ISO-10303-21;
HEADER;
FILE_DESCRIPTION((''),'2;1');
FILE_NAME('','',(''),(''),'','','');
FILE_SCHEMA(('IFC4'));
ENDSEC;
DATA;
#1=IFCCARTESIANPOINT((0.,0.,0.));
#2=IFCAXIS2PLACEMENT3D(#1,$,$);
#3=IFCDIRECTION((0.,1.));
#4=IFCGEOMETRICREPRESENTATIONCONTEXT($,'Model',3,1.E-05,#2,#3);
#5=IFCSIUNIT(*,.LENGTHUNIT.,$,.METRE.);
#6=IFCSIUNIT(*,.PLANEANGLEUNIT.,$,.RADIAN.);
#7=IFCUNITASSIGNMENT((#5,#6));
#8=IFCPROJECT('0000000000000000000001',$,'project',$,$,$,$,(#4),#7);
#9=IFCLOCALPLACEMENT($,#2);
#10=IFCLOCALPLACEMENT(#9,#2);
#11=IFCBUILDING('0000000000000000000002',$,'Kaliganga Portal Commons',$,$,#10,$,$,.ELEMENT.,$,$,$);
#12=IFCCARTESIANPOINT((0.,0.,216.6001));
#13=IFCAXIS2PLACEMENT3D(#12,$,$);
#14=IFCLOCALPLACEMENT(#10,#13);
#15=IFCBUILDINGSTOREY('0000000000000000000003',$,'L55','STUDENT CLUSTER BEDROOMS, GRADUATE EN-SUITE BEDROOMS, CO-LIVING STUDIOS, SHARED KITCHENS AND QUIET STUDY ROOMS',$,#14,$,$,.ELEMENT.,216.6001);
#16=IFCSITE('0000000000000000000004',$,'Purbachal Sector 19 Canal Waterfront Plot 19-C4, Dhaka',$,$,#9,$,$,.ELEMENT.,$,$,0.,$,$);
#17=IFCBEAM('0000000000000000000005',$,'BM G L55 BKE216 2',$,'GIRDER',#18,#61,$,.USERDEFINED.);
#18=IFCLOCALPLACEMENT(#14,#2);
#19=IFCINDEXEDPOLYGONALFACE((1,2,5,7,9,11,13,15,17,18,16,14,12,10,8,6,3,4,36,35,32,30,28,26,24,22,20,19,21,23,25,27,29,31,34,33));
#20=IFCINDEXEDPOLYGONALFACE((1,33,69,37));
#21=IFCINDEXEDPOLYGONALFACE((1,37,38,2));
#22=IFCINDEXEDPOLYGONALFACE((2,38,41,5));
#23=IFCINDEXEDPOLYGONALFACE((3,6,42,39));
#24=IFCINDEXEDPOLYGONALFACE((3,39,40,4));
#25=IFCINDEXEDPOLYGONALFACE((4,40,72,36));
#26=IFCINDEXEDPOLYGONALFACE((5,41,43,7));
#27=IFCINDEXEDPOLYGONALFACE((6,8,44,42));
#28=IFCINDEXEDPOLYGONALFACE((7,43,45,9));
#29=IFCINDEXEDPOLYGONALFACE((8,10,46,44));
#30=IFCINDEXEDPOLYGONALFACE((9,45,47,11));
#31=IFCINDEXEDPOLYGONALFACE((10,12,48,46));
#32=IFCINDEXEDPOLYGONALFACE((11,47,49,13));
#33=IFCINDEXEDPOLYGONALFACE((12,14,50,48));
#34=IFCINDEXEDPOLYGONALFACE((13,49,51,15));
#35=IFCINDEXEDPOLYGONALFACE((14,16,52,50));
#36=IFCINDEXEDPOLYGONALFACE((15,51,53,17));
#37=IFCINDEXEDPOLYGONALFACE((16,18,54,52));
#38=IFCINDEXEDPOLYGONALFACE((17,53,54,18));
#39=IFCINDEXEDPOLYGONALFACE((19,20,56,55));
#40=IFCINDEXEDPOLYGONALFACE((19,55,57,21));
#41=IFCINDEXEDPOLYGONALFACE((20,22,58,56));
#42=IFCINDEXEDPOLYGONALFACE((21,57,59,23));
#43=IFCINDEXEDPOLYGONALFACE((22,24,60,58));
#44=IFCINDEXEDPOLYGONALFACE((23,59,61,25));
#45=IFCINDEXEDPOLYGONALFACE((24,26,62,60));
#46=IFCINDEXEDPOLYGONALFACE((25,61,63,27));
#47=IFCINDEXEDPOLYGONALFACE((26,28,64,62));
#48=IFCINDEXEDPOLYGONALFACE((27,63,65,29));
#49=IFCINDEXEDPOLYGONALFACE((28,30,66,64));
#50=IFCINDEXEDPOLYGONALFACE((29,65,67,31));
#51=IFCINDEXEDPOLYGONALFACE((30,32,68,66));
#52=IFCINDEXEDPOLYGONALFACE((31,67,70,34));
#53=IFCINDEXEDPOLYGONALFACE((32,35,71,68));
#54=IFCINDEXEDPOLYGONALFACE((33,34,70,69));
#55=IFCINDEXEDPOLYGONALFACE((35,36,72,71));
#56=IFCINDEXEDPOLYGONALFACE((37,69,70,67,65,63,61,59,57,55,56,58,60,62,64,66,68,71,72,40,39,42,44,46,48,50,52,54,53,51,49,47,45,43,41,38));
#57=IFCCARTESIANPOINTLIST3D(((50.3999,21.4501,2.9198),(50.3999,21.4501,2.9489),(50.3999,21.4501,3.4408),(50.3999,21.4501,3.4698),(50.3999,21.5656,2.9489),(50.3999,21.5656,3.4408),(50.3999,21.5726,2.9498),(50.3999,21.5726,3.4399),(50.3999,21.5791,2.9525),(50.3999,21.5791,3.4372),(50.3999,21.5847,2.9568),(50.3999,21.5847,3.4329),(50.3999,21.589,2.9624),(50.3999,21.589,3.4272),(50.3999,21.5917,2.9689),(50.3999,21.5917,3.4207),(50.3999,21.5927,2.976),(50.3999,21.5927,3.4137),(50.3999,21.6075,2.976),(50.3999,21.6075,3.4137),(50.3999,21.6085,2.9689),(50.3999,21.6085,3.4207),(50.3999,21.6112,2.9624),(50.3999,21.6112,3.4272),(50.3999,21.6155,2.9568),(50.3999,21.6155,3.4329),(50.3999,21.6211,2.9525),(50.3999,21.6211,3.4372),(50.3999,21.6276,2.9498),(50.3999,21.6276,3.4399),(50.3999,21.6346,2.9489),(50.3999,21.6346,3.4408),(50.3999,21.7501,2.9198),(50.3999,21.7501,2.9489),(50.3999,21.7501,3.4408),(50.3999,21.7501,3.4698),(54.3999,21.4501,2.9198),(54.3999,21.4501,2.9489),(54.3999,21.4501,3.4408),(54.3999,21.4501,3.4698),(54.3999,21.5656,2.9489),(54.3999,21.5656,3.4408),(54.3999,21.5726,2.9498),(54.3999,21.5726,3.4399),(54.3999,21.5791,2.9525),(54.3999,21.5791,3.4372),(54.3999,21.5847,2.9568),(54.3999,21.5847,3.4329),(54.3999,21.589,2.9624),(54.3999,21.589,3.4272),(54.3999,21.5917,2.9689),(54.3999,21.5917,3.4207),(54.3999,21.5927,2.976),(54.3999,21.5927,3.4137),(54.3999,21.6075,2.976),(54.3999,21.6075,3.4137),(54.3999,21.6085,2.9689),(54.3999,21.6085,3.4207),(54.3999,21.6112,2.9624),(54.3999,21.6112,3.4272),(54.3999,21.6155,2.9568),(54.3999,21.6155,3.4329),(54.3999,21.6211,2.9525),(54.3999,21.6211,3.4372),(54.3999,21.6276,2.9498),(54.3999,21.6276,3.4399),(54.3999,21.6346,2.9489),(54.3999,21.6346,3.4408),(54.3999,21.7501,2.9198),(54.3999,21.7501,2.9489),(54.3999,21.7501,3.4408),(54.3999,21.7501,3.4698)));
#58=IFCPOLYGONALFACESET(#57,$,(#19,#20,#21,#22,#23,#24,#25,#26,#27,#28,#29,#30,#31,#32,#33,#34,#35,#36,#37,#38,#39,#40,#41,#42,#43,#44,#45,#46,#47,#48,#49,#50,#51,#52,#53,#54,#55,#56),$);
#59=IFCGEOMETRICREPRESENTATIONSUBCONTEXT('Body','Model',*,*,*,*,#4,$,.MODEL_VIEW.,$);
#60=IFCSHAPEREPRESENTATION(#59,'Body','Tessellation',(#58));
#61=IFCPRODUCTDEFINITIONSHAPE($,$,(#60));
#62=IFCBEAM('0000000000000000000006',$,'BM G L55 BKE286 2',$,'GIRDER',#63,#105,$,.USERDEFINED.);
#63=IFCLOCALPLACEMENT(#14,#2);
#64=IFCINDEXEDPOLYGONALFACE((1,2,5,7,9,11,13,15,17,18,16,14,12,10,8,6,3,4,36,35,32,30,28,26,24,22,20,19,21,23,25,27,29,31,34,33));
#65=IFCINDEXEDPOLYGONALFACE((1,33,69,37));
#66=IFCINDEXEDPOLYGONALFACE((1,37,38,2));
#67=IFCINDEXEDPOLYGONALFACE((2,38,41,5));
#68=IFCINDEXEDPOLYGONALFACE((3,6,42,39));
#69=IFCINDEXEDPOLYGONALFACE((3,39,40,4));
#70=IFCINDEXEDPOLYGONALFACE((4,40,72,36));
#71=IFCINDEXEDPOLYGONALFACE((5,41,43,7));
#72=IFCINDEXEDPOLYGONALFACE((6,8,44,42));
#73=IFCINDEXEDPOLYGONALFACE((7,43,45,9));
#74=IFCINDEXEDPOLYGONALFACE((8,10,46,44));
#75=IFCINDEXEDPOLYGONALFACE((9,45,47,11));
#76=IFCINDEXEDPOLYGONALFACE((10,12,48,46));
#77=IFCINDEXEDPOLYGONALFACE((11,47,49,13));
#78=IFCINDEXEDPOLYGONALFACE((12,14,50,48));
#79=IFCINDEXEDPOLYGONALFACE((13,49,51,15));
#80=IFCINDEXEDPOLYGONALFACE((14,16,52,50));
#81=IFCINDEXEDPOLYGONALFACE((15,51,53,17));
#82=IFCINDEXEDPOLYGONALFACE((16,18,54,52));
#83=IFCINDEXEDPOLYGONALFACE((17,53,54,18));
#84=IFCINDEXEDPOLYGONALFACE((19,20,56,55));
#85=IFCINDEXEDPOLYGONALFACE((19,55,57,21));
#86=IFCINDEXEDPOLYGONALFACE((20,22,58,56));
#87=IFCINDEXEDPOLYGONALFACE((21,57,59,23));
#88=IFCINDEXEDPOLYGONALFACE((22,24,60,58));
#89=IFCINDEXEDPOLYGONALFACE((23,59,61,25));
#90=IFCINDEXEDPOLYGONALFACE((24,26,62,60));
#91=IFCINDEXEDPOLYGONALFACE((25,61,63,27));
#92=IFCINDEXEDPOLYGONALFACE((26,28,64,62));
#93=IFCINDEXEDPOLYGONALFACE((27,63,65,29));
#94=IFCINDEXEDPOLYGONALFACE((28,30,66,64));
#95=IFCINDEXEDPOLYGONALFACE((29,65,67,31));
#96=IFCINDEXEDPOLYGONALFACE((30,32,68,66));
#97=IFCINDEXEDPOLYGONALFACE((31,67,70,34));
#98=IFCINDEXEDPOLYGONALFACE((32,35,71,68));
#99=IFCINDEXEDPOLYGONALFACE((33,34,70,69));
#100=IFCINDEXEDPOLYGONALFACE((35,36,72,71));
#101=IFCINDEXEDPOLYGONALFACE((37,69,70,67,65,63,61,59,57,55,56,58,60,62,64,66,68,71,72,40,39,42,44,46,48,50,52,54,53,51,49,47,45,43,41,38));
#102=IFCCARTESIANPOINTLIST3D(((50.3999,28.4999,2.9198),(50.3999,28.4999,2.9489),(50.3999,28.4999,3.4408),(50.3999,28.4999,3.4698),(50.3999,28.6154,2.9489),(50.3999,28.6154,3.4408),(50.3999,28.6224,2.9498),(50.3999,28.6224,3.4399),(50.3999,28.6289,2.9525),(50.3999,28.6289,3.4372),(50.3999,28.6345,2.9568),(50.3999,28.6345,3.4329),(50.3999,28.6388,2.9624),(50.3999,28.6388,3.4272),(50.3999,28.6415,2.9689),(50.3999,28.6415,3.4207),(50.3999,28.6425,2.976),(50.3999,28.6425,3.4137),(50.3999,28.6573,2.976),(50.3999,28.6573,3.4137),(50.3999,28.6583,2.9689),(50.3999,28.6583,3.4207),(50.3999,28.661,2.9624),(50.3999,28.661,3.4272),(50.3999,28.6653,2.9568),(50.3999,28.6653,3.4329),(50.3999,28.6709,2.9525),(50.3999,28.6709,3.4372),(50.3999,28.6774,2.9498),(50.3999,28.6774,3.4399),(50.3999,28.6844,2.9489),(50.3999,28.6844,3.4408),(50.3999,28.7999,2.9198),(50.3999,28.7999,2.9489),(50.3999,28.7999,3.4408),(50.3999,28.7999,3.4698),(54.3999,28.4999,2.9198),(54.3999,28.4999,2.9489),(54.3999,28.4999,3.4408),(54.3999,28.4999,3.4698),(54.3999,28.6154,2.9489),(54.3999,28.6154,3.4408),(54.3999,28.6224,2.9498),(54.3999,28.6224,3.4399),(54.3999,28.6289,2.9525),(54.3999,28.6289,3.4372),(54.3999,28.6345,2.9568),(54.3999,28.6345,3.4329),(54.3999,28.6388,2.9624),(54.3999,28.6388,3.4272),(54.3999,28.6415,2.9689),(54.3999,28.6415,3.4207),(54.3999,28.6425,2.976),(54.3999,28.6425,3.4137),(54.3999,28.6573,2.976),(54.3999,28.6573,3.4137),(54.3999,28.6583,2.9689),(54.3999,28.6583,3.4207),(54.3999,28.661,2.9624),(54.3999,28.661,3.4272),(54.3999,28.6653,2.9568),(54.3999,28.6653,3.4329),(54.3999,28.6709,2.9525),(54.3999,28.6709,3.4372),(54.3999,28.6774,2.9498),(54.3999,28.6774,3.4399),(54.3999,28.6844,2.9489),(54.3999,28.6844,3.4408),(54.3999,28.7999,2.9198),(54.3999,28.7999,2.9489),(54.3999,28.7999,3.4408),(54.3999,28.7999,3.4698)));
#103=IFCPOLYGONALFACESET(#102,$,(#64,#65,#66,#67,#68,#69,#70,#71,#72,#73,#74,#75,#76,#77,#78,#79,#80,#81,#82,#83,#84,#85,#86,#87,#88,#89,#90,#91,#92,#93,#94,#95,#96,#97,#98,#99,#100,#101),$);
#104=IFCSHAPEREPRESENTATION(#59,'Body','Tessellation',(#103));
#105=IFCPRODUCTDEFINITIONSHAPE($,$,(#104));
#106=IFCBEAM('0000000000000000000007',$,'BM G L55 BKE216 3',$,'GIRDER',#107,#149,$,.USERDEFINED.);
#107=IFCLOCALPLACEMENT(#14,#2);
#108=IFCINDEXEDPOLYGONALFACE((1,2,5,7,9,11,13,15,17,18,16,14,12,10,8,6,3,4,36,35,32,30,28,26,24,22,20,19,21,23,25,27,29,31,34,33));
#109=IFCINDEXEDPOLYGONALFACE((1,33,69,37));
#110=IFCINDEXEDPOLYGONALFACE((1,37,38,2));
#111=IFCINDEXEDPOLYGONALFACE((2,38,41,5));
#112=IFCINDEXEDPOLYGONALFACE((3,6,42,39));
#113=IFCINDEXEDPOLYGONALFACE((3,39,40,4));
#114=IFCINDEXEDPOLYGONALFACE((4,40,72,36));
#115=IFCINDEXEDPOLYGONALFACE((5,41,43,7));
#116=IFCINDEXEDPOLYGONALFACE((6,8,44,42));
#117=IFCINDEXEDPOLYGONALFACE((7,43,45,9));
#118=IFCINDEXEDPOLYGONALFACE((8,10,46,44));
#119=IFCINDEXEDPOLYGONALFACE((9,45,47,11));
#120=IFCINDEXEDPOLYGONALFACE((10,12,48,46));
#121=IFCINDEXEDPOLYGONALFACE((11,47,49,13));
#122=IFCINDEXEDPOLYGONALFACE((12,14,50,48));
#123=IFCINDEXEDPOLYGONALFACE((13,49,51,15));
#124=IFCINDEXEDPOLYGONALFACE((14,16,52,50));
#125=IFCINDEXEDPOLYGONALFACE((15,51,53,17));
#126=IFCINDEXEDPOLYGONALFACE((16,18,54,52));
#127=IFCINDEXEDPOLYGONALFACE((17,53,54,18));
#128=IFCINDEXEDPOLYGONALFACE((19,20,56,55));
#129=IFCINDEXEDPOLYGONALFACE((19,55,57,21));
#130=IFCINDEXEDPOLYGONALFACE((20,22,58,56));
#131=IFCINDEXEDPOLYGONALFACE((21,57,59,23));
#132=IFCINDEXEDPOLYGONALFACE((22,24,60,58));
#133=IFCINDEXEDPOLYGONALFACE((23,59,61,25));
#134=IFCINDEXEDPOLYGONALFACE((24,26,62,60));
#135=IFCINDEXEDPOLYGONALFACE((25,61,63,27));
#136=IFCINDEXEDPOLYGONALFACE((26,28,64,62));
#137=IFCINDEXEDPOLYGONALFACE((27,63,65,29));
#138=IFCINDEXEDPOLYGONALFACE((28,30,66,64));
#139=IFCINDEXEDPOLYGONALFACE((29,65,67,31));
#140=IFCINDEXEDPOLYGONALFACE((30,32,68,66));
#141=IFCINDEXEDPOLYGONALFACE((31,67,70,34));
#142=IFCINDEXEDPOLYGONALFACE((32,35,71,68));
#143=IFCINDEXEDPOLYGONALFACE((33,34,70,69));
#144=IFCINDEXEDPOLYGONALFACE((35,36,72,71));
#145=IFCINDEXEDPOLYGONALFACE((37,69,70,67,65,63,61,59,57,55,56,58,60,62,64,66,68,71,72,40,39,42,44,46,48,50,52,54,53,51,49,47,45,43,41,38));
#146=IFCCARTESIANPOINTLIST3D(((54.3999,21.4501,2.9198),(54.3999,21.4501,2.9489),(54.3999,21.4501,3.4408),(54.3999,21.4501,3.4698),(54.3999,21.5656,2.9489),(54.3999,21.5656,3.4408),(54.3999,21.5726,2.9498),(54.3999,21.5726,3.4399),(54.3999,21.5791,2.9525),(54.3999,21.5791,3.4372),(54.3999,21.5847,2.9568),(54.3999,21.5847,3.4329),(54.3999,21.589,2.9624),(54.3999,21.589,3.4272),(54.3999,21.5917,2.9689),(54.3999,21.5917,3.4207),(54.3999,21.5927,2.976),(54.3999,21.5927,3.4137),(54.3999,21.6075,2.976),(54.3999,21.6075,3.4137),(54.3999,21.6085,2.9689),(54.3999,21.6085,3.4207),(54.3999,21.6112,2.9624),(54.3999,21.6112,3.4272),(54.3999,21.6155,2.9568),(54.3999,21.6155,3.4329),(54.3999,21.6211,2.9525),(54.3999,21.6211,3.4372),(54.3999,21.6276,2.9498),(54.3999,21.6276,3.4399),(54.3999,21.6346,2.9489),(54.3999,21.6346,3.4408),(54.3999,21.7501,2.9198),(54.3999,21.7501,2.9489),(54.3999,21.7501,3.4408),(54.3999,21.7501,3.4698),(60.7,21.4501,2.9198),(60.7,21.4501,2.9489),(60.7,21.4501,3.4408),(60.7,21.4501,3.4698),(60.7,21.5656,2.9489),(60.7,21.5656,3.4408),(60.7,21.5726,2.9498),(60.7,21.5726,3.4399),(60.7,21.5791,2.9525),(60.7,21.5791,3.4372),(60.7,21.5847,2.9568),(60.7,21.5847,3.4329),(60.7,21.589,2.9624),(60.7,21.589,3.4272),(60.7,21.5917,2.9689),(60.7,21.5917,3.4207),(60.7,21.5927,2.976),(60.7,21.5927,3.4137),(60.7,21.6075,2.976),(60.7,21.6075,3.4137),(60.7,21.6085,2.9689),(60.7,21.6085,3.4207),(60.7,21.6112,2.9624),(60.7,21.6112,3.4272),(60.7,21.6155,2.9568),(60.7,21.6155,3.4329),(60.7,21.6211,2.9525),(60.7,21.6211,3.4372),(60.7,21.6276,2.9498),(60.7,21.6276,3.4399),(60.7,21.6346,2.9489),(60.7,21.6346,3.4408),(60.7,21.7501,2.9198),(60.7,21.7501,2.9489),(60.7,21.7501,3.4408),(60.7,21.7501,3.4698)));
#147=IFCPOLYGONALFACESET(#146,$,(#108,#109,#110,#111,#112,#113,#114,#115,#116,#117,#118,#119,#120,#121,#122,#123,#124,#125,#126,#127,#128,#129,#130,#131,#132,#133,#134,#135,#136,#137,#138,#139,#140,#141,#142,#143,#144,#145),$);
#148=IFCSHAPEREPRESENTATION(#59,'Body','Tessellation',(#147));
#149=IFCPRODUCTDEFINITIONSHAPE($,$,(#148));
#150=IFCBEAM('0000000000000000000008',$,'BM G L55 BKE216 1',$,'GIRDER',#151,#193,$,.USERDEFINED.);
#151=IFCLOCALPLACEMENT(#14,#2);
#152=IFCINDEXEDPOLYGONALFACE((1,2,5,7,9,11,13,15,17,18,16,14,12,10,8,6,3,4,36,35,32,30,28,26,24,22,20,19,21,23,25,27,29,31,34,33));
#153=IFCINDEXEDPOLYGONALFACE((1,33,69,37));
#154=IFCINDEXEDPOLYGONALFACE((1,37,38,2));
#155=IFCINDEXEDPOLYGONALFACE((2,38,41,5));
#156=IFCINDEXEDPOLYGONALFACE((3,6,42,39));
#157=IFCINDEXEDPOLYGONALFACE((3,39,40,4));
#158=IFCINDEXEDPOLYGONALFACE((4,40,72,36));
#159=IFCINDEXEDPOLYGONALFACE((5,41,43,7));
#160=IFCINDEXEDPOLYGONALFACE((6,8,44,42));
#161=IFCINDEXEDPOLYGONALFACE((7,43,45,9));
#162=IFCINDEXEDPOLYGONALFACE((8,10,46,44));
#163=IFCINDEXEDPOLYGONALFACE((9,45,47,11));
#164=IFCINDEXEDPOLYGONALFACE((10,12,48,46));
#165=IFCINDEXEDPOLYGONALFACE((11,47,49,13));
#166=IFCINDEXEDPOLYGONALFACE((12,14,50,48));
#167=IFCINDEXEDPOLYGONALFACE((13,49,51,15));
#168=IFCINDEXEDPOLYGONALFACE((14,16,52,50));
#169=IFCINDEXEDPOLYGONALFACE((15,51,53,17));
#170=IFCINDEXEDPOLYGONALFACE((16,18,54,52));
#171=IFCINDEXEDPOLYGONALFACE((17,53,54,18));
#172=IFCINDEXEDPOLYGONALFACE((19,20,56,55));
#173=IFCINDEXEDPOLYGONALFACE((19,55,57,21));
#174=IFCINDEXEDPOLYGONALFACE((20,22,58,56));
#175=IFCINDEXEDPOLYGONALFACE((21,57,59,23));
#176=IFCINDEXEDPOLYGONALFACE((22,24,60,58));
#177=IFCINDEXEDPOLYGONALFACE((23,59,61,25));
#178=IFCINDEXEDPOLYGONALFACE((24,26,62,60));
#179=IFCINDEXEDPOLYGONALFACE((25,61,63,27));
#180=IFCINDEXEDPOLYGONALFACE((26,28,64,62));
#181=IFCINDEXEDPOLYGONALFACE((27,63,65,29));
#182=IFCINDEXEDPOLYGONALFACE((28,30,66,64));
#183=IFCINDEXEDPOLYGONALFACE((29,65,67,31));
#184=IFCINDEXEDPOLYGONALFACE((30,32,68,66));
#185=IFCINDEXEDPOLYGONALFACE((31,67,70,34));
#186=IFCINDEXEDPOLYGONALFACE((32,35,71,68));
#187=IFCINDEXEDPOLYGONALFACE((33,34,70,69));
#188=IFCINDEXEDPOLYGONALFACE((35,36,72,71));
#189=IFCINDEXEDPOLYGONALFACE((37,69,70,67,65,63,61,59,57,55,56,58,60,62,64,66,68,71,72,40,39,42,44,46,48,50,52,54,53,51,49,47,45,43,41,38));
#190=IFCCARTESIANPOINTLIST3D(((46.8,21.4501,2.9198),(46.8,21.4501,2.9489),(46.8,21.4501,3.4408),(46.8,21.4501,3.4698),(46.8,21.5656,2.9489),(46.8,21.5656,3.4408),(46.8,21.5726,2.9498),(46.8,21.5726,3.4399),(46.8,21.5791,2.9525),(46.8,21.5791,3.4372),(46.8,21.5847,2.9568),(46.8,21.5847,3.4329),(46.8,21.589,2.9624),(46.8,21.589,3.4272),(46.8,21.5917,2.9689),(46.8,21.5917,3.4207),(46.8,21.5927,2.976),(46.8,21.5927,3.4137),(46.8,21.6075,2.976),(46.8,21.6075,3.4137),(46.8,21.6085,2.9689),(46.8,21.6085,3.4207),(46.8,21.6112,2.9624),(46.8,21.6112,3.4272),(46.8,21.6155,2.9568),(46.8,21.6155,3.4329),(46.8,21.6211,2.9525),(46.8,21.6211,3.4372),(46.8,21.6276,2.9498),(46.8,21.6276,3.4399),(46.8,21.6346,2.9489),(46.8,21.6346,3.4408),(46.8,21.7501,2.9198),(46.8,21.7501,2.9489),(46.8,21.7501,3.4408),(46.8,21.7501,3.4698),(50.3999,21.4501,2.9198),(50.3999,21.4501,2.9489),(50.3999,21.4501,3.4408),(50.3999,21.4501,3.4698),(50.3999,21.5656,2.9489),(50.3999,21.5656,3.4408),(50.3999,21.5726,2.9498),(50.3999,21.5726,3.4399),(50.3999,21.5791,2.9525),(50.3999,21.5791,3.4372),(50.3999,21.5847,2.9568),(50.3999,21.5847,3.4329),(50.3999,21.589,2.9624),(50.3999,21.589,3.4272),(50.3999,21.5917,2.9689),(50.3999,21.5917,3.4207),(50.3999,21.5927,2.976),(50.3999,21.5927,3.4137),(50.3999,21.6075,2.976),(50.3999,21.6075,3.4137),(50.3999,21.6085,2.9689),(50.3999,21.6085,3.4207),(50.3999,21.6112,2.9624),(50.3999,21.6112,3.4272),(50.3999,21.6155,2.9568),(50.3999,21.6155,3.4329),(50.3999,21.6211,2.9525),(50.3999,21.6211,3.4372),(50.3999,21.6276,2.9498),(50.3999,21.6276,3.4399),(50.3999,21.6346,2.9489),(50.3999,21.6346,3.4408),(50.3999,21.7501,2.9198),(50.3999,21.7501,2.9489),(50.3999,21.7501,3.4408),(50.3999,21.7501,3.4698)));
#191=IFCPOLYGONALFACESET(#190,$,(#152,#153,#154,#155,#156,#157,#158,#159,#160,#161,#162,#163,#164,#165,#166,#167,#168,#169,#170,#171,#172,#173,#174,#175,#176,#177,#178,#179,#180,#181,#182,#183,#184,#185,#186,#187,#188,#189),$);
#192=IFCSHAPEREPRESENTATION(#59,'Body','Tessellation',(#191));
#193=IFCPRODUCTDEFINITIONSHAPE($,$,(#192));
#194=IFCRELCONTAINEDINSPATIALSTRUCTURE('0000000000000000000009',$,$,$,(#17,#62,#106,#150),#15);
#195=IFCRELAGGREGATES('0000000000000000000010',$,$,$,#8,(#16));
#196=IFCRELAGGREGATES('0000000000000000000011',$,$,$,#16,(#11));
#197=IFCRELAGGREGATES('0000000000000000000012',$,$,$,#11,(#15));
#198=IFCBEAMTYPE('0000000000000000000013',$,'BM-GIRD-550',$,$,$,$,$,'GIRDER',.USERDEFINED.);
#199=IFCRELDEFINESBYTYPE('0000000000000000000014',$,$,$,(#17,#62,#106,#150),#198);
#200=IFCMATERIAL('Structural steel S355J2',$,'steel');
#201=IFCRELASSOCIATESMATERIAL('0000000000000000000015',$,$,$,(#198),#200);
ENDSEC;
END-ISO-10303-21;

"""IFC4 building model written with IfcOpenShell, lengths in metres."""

from ifc_helpers import new_model, si_unit, direction, frame, origin, origin_2d, place, context, subcontext, project, spatial, i_section, extrude, source, transform, mapped, material, material_profile, profile_set, type_object, element, save


model = new_model("IFC4")

# Units and contexts
model_context = context("Model", 3, precision=1e-05, world=origin(), true_north=direction((0.0, 1.0)))
body_context = subcontext(model_context, "Body", "Model", "MODEL_VIEW")
ifc_project = project(units=[si_unit("LENGTHUNIT", "METRE"), si_unit("PLANEANGLEUNIT", "RADIAN")], contexts=[model_context])

# Site, building, storey
site_placement = place(None, origin())
site = spatial("IfcSite", under=ifc_project, at=site_placement, Name="Purbachal Sector 19 Canal Waterfront Plot 19-C4, Dhaka", CompositionType="ELEMENT", RefElevation=0.0)
building_placement = place(site_placement, origin())
building = spatial("IfcBuilding", under=site, at=building_placement, Name="Kaliganga Portal Commons", CompositionType="ELEMENT")
storey_placement = place(building_placement, frame((0.0, 0.0, 216.6001)))
storey = spatial("IfcBuildingStorey", under=building, at=storey_placement, Name="L55", Description="STUDENT CLUSTER BEDROOMS, GRADUATE EN-SUITE BEDROOMS, CO-LIVING STUDIOS, SHARED KITCHENS AND QUIET STUDY ROOMS", CompositionType="ELEMENT", Elevation=216.6001)

# Shared definitions
ifc_material_1 = material(Name="Structural steel S355J2", Category="steel")

# Beams
ifc_material_profile_1 = material_profile(ifc_material_1, i_section(OverallWidth=0.3, OverallDepth=0.55, WebThickness=0.0149, FlangeThickness=0.0291, FilletRadius=0.0271, at=origin_2d()), Name="HE 550 B")
ifc_profile_set_1 = profile_set([ifc_material_profile_1], Name="Structural steel S355J2 wide-flange")
beam_type_1 = type_object("IfcBeamType", Name="BM-GIRD-550", ElementType="GIRDER", PredefinedType="USERDEFINED", material=ifc_profile_set_1)
shared_shape_1 = source(origin(), body_context, "Body", "SweptSolid", [
    extrude(i_section(OverallWidth=0.3, OverallDepth=0.55, WebThickness=0.0149, FlangeThickness=0.0291, FilletRadius=0.0271, at=origin_2d()), origin(), (0.0, 0.0, 1.0), 4.0),
])
for number, where, z_axis, x_axis, name in (
    (1, (50.3999, 21.6001, 3.1948), (1.0, 0.0, 0.0), (0.0, 1.0, 0.0), "BM G L55 BKE216 2"),
    (2, (50.3999, 28.6499, 3.1948), (1.0, 0.0, 0.0), (0.0, 1.0, 0.0), "BM G L55 BKE286 2"),
):
    element("IfcBeam", number, at=place(storey_placement, frame(where, z_axis=z_axis, x_axis=x_axis)), inside=storey, type_object=beam_type_1, Name=name, ObjectType="GIRDER", PredefinedType="USERDEFINED", context=body_context, shape_type="MappedRepresentation", body=[
        mapped(shared_shape_1, transform((0.0, 0.0, 0.0), x_axis=(1.0, 0.0, 0.0), y_axis=(0.0, 1.0, 0.0), z_axis=(0.0, 0.0, 1.0), scale=1.0)),
    ])
shared_shape_2 = source(origin(), body_context, "Body", "SweptSolid", [
    extrude(i_section(OverallWidth=0.3, OverallDepth=0.55, WebThickness=0.0149, FlangeThickness=0.0291, FilletRadius=0.0271, at=origin_2d()), origin(), (0.0, 0.0, 1.0), 6.3),
])
beam_1_placement = place(storey_placement, frame((54.3999, 21.6001, 3.1948), z_axis=(1.0, 0.0, 0.0), x_axis=(0.0, 1.0, 0.0)))
element("IfcBeam", 3, at=beam_1_placement, inside=storey, type_object=beam_type_1, Name="BM G L55 BKE216 3", ObjectType="GIRDER", PredefinedType="USERDEFINED", context=body_context, shape_type="MappedRepresentation", body=[
    mapped(shared_shape_2, transform((0.0, 0.0, 0.0), x_axis=(1.0, 0.0, 0.0), y_axis=(0.0, 1.0, 0.0), z_axis=(0.0, 0.0, 1.0), scale=1.0)),
])
shared_shape_3 = source(origin(), body_context, "Body", "SweptSolid", [
    extrude(i_section(OverallWidth=0.3, OverallDepth=0.55, WebThickness=0.0149, FlangeThickness=0.0291, FilletRadius=0.0271, at=origin_2d()), origin(), (0.0, 0.0, 1.0), 3.5999),
])
for number, where, z_axis, x_axis, name in (
    (4, (46.8, 21.6001, 3.1948), (1.0, 0.0, 0.0), (0.0, 1.0, 0.0), "BM G L55 BKE216 1"),
):
    element("IfcBeam", number, at=place(storey_placement, frame(where, z_axis=z_axis, x_axis=x_axis)), inside=storey, type_object=beam_type_1, Name=name, ObjectType="GIRDER", PredefinedType="USERDEFINED", context=body_context, shape_type="MappedRepresentation", body=[
        mapped(shared_shape_3, transform((0.0, 0.0, 0.0), x_axis=(1.0, 0.0, 0.0), y_axis=(0.0, 1.0, 0.0), z_axis=(0.0, 0.0, 1.0), scale=1.0)),
    ])

save(model, "model.ifc")
